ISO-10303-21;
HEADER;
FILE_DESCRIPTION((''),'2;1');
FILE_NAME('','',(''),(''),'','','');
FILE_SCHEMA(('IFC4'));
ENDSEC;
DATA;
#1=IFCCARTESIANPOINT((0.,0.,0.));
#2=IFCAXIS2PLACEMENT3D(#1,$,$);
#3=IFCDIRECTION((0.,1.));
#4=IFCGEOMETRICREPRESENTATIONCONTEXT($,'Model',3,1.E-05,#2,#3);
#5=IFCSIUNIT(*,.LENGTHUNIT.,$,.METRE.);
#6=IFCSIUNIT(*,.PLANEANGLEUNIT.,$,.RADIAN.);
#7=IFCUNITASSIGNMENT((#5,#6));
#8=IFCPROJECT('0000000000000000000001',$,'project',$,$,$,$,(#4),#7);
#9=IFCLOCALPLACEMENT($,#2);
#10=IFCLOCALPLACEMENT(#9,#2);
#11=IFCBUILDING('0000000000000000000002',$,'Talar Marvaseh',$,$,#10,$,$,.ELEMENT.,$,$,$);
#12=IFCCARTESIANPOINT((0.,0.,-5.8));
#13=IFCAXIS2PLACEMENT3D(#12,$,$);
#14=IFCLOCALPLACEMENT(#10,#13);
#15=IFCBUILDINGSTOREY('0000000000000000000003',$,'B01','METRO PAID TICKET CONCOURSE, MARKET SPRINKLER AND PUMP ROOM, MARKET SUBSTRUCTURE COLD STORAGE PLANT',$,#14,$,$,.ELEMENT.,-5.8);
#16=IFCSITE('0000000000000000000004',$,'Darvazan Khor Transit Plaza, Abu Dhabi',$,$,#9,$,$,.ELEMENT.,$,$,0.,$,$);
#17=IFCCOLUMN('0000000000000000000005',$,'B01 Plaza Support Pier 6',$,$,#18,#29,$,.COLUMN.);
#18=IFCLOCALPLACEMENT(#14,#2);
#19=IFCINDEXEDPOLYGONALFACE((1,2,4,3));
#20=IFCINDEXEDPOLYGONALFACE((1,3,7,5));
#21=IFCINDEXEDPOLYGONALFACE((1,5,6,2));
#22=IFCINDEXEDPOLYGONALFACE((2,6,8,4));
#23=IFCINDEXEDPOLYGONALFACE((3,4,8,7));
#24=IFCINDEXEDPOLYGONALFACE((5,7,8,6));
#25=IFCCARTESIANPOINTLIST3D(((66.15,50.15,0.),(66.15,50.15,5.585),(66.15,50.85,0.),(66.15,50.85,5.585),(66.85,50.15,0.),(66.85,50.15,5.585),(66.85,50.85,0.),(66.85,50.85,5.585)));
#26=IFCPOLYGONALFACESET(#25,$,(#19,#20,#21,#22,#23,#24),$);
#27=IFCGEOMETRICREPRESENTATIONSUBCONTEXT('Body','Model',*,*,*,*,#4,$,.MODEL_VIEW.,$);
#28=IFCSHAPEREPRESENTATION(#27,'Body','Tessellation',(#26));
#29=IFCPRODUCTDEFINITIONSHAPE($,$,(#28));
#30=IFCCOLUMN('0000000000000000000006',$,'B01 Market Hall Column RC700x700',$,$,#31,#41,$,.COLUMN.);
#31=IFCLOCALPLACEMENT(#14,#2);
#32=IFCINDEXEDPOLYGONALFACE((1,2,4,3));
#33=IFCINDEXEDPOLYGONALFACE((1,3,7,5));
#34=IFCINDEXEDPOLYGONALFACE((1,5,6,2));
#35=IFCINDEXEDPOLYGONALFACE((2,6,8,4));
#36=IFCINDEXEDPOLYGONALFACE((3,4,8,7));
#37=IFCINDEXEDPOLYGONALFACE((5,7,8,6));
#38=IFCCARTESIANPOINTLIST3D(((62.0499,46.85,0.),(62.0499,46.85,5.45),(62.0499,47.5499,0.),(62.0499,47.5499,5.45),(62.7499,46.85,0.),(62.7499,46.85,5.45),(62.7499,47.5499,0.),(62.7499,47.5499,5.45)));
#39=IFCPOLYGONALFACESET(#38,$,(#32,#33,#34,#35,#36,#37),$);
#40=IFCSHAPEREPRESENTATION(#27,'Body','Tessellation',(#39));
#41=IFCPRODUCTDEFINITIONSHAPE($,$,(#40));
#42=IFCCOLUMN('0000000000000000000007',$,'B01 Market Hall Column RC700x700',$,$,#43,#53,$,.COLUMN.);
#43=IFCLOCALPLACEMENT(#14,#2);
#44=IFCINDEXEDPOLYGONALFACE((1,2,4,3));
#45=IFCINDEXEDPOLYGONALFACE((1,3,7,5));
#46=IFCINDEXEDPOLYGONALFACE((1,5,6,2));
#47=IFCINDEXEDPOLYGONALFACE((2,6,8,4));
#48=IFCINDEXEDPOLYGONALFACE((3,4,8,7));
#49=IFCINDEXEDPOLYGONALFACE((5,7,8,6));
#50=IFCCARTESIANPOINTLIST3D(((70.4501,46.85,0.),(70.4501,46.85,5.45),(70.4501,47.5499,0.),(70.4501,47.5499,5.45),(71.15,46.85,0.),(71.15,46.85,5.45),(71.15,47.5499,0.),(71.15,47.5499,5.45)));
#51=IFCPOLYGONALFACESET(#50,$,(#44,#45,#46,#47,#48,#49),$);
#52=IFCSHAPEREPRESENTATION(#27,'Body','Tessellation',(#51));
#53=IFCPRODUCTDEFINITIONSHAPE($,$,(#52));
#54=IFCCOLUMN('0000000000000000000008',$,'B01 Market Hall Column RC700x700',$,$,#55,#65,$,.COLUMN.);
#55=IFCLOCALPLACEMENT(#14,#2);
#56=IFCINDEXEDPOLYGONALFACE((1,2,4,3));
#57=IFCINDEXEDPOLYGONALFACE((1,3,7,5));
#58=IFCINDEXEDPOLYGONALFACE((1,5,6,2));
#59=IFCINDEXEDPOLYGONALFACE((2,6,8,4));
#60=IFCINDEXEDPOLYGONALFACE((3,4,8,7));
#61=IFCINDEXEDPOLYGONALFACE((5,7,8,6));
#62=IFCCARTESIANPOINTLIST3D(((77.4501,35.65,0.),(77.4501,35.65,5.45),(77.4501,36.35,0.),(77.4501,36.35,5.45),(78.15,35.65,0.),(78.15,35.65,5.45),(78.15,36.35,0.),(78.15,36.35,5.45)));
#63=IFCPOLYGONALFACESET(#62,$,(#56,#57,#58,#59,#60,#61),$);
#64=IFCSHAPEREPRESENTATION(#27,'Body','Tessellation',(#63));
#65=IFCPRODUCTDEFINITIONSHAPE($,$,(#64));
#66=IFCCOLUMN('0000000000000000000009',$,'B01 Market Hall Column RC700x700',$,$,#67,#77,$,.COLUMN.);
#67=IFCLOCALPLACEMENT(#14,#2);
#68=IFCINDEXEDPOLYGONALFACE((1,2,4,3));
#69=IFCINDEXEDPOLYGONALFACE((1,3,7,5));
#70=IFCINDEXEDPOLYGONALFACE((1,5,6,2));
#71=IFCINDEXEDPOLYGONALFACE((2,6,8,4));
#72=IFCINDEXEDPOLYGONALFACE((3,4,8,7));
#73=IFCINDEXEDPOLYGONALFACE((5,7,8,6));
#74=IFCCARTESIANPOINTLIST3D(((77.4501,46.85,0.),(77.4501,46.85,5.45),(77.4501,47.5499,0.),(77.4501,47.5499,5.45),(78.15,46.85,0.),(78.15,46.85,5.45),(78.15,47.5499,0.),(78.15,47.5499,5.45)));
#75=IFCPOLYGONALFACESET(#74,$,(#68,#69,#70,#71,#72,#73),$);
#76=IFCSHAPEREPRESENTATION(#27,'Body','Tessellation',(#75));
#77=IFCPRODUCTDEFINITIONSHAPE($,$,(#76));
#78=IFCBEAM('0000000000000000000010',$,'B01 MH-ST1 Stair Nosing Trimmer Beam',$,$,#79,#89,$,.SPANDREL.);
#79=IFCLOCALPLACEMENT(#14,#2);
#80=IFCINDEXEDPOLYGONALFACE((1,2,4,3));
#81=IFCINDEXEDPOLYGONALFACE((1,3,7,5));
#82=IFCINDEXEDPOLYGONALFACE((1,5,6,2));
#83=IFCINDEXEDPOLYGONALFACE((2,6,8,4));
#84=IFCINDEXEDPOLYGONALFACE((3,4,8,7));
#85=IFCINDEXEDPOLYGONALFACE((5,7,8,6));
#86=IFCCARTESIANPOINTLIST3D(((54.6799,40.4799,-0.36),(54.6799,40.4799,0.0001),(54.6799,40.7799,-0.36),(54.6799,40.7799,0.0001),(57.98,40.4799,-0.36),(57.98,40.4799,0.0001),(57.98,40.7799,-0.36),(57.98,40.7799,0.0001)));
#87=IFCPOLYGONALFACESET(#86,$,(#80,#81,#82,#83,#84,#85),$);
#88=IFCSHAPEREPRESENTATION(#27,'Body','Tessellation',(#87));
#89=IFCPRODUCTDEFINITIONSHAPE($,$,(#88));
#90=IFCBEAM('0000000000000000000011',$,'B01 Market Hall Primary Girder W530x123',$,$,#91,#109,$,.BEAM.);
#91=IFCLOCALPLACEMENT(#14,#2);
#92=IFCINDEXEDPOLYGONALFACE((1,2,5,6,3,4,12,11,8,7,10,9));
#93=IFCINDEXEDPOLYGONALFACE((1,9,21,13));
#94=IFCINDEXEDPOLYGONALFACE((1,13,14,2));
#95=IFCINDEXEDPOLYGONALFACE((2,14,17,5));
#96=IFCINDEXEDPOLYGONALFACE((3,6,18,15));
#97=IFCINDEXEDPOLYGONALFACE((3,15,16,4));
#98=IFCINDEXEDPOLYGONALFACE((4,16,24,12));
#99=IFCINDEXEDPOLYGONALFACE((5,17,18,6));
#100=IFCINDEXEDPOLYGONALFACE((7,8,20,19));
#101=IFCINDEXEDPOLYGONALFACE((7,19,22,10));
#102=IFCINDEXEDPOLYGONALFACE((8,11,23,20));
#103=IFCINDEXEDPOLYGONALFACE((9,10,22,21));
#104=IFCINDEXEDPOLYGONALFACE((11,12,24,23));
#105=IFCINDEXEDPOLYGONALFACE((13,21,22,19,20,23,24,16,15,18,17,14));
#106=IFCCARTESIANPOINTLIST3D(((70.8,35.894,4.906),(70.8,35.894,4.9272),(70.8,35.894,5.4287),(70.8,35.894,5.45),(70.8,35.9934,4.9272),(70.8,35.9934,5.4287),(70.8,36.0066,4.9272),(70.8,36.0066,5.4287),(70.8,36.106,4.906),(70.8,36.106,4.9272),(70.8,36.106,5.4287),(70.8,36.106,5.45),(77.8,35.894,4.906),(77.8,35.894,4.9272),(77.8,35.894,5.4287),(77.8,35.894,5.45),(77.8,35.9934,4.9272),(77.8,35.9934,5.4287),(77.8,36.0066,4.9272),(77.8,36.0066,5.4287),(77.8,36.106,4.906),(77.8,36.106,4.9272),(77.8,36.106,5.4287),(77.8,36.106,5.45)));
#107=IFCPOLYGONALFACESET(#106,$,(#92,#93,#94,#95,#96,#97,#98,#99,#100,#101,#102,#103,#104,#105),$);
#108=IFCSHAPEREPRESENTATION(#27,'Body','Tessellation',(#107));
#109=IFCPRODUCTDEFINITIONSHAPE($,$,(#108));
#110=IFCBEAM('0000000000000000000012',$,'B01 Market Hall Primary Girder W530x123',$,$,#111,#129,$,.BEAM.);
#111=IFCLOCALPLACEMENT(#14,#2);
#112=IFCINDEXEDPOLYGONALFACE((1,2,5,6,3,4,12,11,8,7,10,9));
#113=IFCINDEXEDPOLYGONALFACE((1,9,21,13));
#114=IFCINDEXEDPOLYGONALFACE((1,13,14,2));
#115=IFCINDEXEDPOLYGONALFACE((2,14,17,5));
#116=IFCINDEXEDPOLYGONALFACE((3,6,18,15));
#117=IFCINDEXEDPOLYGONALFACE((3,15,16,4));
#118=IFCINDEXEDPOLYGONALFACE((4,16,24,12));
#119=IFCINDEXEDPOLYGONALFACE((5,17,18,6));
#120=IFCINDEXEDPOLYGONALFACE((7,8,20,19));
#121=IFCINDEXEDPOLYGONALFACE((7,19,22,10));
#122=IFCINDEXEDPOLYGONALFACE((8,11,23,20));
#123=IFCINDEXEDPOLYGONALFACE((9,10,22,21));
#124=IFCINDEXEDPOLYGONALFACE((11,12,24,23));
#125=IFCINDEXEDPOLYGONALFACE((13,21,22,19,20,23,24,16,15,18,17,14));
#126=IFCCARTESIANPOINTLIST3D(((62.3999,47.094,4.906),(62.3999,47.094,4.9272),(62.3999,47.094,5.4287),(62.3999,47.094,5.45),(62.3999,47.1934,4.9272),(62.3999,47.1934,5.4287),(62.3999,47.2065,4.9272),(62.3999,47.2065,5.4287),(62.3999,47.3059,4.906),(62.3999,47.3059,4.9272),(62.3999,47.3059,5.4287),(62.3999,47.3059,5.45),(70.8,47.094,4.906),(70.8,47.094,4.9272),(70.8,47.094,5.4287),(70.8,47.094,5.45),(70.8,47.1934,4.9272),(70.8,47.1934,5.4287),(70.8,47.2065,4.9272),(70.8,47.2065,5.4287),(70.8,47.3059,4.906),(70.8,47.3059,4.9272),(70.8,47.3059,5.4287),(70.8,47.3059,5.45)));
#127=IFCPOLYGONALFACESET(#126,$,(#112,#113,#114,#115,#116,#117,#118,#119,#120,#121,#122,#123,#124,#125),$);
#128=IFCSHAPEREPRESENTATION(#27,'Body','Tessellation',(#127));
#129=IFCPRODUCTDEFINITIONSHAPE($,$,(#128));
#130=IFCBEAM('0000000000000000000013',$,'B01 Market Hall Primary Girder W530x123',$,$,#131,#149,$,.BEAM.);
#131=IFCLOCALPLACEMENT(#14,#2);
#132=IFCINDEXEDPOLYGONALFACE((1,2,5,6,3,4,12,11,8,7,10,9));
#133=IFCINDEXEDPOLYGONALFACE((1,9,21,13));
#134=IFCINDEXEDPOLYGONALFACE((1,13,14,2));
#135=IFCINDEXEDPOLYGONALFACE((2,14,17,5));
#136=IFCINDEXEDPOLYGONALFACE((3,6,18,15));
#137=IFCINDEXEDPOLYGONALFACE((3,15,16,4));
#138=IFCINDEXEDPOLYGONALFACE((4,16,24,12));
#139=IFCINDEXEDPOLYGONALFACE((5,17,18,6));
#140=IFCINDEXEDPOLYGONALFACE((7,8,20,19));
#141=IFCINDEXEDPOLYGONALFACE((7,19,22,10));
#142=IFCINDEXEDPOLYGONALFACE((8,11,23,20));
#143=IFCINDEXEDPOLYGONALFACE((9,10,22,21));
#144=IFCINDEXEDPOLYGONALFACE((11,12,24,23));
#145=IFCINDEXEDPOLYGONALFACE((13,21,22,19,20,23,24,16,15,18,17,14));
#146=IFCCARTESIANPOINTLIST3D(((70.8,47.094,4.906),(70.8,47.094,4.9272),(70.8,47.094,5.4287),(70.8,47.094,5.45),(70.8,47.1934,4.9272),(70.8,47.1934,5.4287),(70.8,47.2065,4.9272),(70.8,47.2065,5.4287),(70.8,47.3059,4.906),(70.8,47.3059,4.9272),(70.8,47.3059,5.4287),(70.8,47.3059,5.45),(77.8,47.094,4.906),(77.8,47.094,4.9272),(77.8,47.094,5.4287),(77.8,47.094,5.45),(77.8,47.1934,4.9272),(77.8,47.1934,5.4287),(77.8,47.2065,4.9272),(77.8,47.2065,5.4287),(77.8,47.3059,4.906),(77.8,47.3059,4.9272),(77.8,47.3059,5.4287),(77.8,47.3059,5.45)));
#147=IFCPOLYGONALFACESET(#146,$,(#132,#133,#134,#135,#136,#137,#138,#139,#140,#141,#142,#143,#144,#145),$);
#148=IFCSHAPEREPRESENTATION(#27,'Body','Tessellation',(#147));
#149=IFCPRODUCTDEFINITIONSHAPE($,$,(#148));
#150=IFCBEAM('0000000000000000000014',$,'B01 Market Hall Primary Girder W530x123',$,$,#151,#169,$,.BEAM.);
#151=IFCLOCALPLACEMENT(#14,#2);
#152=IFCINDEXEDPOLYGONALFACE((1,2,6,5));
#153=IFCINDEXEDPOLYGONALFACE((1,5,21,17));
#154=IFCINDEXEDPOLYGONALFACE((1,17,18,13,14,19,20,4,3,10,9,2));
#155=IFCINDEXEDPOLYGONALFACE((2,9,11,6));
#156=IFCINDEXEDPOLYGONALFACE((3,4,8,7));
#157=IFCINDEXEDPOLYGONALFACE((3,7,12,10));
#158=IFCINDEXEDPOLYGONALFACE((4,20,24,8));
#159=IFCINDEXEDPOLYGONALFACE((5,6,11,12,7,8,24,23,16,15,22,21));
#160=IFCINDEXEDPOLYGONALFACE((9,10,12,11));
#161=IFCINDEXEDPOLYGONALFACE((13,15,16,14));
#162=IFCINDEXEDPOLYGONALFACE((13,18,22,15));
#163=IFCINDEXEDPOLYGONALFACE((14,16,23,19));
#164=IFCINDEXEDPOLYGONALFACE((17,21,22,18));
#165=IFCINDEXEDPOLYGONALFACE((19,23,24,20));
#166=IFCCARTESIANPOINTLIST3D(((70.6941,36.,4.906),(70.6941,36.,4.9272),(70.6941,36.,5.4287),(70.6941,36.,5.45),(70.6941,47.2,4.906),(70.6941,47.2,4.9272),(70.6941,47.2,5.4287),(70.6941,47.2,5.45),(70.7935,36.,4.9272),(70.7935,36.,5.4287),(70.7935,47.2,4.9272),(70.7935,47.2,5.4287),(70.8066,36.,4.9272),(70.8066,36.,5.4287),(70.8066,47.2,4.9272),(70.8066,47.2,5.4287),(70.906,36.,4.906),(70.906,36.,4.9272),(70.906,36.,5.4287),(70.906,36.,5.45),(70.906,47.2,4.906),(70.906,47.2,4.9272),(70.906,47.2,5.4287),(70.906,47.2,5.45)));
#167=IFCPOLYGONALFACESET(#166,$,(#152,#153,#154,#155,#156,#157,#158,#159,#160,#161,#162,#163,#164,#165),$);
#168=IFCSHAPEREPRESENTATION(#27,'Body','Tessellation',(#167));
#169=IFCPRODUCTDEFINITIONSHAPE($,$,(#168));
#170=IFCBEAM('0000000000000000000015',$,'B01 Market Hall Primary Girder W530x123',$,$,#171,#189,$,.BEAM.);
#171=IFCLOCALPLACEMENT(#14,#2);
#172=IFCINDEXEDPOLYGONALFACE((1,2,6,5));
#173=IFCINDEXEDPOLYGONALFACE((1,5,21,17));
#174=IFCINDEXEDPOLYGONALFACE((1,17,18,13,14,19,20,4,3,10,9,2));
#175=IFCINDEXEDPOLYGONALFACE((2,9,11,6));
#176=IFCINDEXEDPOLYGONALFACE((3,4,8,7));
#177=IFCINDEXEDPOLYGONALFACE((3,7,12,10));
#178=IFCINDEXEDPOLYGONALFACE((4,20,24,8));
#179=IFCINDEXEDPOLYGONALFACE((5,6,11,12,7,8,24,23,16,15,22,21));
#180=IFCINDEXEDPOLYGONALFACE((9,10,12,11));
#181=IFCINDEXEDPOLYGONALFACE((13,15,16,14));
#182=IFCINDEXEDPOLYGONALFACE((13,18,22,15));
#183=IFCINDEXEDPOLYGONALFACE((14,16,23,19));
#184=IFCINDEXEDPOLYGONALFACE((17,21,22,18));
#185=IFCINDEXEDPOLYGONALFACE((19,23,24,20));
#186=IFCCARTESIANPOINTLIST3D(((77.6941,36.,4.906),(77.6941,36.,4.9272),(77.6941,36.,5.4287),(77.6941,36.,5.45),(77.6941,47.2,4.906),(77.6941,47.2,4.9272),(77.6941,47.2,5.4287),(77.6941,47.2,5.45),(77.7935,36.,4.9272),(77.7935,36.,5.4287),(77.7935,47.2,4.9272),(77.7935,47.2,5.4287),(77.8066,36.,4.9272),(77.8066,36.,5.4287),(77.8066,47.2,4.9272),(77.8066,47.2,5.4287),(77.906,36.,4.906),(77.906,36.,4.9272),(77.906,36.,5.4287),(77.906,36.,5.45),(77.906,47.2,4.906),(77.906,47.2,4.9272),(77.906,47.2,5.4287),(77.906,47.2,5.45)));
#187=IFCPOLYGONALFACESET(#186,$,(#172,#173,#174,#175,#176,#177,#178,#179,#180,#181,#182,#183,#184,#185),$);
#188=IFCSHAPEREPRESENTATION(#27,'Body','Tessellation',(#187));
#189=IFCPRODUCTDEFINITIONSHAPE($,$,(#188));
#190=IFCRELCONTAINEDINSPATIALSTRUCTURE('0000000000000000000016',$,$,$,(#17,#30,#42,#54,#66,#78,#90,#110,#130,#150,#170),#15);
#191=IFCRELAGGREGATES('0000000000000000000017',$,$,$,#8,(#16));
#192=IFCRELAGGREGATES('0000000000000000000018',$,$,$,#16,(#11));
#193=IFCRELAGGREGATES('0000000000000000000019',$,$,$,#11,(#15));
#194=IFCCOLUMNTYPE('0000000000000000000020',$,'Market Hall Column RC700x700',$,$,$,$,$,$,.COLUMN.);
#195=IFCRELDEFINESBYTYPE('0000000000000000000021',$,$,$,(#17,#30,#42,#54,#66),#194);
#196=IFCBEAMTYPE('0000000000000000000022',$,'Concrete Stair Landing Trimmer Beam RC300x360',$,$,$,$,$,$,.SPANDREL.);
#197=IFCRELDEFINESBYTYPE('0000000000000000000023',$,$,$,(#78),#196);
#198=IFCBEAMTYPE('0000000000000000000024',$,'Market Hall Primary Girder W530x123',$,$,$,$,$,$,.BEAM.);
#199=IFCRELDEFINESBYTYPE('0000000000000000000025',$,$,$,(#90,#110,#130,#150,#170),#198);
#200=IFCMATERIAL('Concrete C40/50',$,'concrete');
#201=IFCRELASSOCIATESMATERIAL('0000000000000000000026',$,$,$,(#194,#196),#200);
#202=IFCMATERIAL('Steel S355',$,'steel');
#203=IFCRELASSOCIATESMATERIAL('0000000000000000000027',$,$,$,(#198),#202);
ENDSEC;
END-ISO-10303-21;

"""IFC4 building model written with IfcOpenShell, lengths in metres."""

from ifc_helpers import new_model, si_unit, direction, frame, origin, origin_2d, place, context, subcontext, project, spatial, rectangle, i_section, extrude, material, material_profile, profile_set, type_object, element, save


model = new_model("IFC4")

# Units and contexts
model_context = context("Model", 3, precision=1e-05, world=origin(), true_north=direction((0.0, 1.0)))
body_context = subcontext(model_context, "Body", "Model", "MODEL_VIEW")
ifc_project = project(units=[si_unit("LENGTHUNIT", "METRE"), si_unit("PLANEANGLEUNIT", "RADIAN")], contexts=[model_context])

# Site, building, storey
site_placement = place(None, origin())
site = spatial("IfcSite", under=ifc_project, at=site_placement, Name="Darvazan Khor Transit Plaza, Abu Dhabi", CompositionType="ELEMENT", RefElevation=0.0)
building_placement = place(site_placement, origin())
building = spatial("IfcBuilding", under=site, at=building_placement, Name="Talar Marvaseh", CompositionType="ELEMENT")
storey_placement = place(building_placement, frame((0.0, 0.0, -5.8)))
storey = spatial("IfcBuildingStorey", under=building, at=storey_placement, Name="B01", Description="METRO PAID TICKET CONCOURSE, MARKET SPRINKLER AND PUMP ROOM, MARKET SUBSTRUCTURE COLD STORAGE PLANT", CompositionType="ELEMENT", Elevation=-5.8)

# Columns
ifc_material_1 = material(Name="Concrete C40/50", Category="concrete")
ifc_material_profile_1 = material_profile(ifc_material_1, rectangle(XDim=0.7, YDim=0.7, at=origin_2d()), Name="RC700x700")
ifc_profile_set_1 = profile_set([ifc_material_profile_1], Name="Concrete C40/50")
column_type = type_object("IfcColumnType", Name="Market Hall Column RC700x700", PredefinedType="COLUMN", material=ifc_profile_set_1)
column_placement = place(storey_placement, frame((66.5, 50.5, 0.0), z_axis=(0.0, 0.0, 1.0), x_axis=(1.0, 0.0, 0.0)))
element("IfcColumn", 1, at=column_placement, inside=storey, type_object=column_type, Name="B01 Plaza Support Pier 6", PredefinedType="COLUMN", context=body_context, shape_type="SweptSolid", body=[
    extrude(rectangle(XDim=0.7, YDim=0.7, at=origin_2d()), origin(), (0.0, 0.0, 1.0), 5.585),
])
for number, where, z_axis, x_axis, name in (
    (2, (62.3999, 47.2, 0.0), (0.0, 0.0, 1.0), (1.0, 0.0, 0.0), "B01 Market Hall Column RC700x700"),
    (3, (70.8, 47.2, 0.0), (0.0, 0.0, 1.0), (1.0, 0.0, 0.0), "B01 Market Hall Column RC700x700"),
    (4, (77.8, 36.0, 0.0), (0.0, 0.0, 1.0), (1.0, 0.0, 0.0), "B01 Market Hall Column RC700x700"),
    (5, (77.8, 47.2, 0.0), (0.0, 0.0, 1.0), (1.0, 0.0, 0.0), "B01 Market Hall Column RC700x700"),
):
    element("IfcColumn", number, at=place(storey_placement, frame(where, z_axis=z_axis, x_axis=x_axis)), inside=storey, type_object=column_type, Name=name, PredefinedType="COLUMN", context=body_context, shape_type="SweptSolid", body=[
        extrude(rectangle(XDim=0.7, YDim=0.7, at=origin_2d()), origin(), (0.0, 0.0, 1.0), 5.45),
    ])

# Beams
ifc_material_profile_2 = material_profile(ifc_material_1, rectangle(XDim=0.3, YDim=0.3601, at=origin_2d()), Name="RC300x360")
ifc_profile_set_2 = profile_set([ifc_material_profile_2], Name="Concrete C40/50")
beam_type_1 = type_object("IfcBeamType", Name="Concrete Stair Landing Trimmer Beam RC300x360", PredefinedType="SPANDREL", material=ifc_profile_set_2)
beam_1_placement = place(storey_placement, frame((57.98, 40.6299, -0.1799), z_axis=(-1.0, 0.0, 0.0), x_axis=(0.0, -1.0, 0.0)))
element("IfcBeam", 6, at=beam_1_placement, inside=storey, type_object=beam_type_1, Name="B01 MH-ST1 Stair Nosing Trimmer Beam", PredefinedType="SPANDREL", context=body_context, shape_type="SweptSolid", body=[
    extrude(rectangle(XDim=0.3, YDim=0.3601, at=origin_2d()), origin(), (0.0, 0.0, 1.0), 3.3),
])
ifc_material_2 = material(Name="Steel S355", Category="steel")
ifc_material_profile_3 = material_profile(ifc_material_2, i_section(OverallWidth=0.2119, OverallDepth=0.5439, WebThickness=0.0132, FlangeThickness=0.0212, at=origin_2d()), Name="W530x123")
ifc_profile_set_3 = profile_set([ifc_material_profile_3], Name="Steel S355")
beam_type_2 = type_object("IfcBeamType", Name="Market Hall Primary Girder W530x123", PredefinedType="BEAM", material=ifc_profile_set_3)
beam_2_placement = place(storey_placement, frame((70.8, 36.0, 5.178), z_axis=(1.0, 0.0, 0.0), x_axis=(0.0, 1.0, 0.0)))
element("IfcBeam", 7, at=beam_2_placement, inside=storey, type_object=beam_type_2, Name="B01 Market Hall Primary Girder W530x123", PredefinedType="BEAM", context=body_context, shape_type="SweptSolid", body=[
    extrude(i_section(OverallWidth=0.2119, OverallDepth=0.5439, WebThickness=0.0132, FlangeThickness=0.0212, at=origin_2d()), origin(), (0.0, 0.0, 1.0), 7.0),
])
beam_3_placement = place(storey_placement, frame((62.3999, 47.2, 5.178), z_axis=(1.0, 0.0, 0.0), x_axis=(0.0, 1.0, 0.0)))
element("IfcBeam", 8, at=beam_3_placement, inside=storey, type_object=beam_type_2, Name="B01 Market Hall Primary Girder W530x123", PredefinedType="BEAM", context=body_context, shape_type="SweptSolid", body=[
    extrude(i_section(OverallWidth=0.2119, OverallDepth=0.5439, WebThickness=0.0132, FlangeThickness=0.0212, at=origin_2d()), origin(), (0.0, 0.0, 1.0), 8.4001),
])
beam_4_placement = place(storey_placement, frame((70.8, 47.2, 5.178), z_axis=(1.0, 0.0, 0.0), x_axis=(0.0, 1.0, 0.0)))
element("IfcBeam", 9, at=beam_4_placement, inside=storey, type_object=beam_type_2, Name="B01 Market Hall Primary Girder W530x123", PredefinedType="BEAM", context=body_context, shape_type="SweptSolid", body=[
    extrude(i_section(OverallWidth=0.2119, OverallDepth=0.5439, WebThickness=0.0132, FlangeThickness=0.0212, at=origin_2d()), origin(), (0.0, 0.0, 1.0), 7.0),
])
for number, where, z_axis, x_axis, name in (
    (10, (70.8, 36.0, 5.178), (0.0, 1.0, 0.0), (-1.0, 0.0, 0.0), "B01 Market Hall Primary Girder W530x123"),
    (11, (77.8, 36.0, 5.178), (0.0, 1.0, 0.0), (-1.0, 0.0, 0.0), "B01 Market Hall Primary Girder W530x123"),
):
    element("IfcBeam", number, at=place(storey_placement, frame(where, z_axis=z_axis, x_axis=x_axis)), inside=storey, type_object=beam_type_2, Name=name, PredefinedType="BEAM", context=body_context, shape_type="SweptSolid", body=[
        extrude(i_section(OverallWidth=0.2119, OverallDepth=0.5439, WebThickness=0.0132, FlangeThickness=0.0212, at=origin_2d()), origin(), (0.0, 0.0, 1.0), 11.2),
    ])

save(model, "model.ifc")
